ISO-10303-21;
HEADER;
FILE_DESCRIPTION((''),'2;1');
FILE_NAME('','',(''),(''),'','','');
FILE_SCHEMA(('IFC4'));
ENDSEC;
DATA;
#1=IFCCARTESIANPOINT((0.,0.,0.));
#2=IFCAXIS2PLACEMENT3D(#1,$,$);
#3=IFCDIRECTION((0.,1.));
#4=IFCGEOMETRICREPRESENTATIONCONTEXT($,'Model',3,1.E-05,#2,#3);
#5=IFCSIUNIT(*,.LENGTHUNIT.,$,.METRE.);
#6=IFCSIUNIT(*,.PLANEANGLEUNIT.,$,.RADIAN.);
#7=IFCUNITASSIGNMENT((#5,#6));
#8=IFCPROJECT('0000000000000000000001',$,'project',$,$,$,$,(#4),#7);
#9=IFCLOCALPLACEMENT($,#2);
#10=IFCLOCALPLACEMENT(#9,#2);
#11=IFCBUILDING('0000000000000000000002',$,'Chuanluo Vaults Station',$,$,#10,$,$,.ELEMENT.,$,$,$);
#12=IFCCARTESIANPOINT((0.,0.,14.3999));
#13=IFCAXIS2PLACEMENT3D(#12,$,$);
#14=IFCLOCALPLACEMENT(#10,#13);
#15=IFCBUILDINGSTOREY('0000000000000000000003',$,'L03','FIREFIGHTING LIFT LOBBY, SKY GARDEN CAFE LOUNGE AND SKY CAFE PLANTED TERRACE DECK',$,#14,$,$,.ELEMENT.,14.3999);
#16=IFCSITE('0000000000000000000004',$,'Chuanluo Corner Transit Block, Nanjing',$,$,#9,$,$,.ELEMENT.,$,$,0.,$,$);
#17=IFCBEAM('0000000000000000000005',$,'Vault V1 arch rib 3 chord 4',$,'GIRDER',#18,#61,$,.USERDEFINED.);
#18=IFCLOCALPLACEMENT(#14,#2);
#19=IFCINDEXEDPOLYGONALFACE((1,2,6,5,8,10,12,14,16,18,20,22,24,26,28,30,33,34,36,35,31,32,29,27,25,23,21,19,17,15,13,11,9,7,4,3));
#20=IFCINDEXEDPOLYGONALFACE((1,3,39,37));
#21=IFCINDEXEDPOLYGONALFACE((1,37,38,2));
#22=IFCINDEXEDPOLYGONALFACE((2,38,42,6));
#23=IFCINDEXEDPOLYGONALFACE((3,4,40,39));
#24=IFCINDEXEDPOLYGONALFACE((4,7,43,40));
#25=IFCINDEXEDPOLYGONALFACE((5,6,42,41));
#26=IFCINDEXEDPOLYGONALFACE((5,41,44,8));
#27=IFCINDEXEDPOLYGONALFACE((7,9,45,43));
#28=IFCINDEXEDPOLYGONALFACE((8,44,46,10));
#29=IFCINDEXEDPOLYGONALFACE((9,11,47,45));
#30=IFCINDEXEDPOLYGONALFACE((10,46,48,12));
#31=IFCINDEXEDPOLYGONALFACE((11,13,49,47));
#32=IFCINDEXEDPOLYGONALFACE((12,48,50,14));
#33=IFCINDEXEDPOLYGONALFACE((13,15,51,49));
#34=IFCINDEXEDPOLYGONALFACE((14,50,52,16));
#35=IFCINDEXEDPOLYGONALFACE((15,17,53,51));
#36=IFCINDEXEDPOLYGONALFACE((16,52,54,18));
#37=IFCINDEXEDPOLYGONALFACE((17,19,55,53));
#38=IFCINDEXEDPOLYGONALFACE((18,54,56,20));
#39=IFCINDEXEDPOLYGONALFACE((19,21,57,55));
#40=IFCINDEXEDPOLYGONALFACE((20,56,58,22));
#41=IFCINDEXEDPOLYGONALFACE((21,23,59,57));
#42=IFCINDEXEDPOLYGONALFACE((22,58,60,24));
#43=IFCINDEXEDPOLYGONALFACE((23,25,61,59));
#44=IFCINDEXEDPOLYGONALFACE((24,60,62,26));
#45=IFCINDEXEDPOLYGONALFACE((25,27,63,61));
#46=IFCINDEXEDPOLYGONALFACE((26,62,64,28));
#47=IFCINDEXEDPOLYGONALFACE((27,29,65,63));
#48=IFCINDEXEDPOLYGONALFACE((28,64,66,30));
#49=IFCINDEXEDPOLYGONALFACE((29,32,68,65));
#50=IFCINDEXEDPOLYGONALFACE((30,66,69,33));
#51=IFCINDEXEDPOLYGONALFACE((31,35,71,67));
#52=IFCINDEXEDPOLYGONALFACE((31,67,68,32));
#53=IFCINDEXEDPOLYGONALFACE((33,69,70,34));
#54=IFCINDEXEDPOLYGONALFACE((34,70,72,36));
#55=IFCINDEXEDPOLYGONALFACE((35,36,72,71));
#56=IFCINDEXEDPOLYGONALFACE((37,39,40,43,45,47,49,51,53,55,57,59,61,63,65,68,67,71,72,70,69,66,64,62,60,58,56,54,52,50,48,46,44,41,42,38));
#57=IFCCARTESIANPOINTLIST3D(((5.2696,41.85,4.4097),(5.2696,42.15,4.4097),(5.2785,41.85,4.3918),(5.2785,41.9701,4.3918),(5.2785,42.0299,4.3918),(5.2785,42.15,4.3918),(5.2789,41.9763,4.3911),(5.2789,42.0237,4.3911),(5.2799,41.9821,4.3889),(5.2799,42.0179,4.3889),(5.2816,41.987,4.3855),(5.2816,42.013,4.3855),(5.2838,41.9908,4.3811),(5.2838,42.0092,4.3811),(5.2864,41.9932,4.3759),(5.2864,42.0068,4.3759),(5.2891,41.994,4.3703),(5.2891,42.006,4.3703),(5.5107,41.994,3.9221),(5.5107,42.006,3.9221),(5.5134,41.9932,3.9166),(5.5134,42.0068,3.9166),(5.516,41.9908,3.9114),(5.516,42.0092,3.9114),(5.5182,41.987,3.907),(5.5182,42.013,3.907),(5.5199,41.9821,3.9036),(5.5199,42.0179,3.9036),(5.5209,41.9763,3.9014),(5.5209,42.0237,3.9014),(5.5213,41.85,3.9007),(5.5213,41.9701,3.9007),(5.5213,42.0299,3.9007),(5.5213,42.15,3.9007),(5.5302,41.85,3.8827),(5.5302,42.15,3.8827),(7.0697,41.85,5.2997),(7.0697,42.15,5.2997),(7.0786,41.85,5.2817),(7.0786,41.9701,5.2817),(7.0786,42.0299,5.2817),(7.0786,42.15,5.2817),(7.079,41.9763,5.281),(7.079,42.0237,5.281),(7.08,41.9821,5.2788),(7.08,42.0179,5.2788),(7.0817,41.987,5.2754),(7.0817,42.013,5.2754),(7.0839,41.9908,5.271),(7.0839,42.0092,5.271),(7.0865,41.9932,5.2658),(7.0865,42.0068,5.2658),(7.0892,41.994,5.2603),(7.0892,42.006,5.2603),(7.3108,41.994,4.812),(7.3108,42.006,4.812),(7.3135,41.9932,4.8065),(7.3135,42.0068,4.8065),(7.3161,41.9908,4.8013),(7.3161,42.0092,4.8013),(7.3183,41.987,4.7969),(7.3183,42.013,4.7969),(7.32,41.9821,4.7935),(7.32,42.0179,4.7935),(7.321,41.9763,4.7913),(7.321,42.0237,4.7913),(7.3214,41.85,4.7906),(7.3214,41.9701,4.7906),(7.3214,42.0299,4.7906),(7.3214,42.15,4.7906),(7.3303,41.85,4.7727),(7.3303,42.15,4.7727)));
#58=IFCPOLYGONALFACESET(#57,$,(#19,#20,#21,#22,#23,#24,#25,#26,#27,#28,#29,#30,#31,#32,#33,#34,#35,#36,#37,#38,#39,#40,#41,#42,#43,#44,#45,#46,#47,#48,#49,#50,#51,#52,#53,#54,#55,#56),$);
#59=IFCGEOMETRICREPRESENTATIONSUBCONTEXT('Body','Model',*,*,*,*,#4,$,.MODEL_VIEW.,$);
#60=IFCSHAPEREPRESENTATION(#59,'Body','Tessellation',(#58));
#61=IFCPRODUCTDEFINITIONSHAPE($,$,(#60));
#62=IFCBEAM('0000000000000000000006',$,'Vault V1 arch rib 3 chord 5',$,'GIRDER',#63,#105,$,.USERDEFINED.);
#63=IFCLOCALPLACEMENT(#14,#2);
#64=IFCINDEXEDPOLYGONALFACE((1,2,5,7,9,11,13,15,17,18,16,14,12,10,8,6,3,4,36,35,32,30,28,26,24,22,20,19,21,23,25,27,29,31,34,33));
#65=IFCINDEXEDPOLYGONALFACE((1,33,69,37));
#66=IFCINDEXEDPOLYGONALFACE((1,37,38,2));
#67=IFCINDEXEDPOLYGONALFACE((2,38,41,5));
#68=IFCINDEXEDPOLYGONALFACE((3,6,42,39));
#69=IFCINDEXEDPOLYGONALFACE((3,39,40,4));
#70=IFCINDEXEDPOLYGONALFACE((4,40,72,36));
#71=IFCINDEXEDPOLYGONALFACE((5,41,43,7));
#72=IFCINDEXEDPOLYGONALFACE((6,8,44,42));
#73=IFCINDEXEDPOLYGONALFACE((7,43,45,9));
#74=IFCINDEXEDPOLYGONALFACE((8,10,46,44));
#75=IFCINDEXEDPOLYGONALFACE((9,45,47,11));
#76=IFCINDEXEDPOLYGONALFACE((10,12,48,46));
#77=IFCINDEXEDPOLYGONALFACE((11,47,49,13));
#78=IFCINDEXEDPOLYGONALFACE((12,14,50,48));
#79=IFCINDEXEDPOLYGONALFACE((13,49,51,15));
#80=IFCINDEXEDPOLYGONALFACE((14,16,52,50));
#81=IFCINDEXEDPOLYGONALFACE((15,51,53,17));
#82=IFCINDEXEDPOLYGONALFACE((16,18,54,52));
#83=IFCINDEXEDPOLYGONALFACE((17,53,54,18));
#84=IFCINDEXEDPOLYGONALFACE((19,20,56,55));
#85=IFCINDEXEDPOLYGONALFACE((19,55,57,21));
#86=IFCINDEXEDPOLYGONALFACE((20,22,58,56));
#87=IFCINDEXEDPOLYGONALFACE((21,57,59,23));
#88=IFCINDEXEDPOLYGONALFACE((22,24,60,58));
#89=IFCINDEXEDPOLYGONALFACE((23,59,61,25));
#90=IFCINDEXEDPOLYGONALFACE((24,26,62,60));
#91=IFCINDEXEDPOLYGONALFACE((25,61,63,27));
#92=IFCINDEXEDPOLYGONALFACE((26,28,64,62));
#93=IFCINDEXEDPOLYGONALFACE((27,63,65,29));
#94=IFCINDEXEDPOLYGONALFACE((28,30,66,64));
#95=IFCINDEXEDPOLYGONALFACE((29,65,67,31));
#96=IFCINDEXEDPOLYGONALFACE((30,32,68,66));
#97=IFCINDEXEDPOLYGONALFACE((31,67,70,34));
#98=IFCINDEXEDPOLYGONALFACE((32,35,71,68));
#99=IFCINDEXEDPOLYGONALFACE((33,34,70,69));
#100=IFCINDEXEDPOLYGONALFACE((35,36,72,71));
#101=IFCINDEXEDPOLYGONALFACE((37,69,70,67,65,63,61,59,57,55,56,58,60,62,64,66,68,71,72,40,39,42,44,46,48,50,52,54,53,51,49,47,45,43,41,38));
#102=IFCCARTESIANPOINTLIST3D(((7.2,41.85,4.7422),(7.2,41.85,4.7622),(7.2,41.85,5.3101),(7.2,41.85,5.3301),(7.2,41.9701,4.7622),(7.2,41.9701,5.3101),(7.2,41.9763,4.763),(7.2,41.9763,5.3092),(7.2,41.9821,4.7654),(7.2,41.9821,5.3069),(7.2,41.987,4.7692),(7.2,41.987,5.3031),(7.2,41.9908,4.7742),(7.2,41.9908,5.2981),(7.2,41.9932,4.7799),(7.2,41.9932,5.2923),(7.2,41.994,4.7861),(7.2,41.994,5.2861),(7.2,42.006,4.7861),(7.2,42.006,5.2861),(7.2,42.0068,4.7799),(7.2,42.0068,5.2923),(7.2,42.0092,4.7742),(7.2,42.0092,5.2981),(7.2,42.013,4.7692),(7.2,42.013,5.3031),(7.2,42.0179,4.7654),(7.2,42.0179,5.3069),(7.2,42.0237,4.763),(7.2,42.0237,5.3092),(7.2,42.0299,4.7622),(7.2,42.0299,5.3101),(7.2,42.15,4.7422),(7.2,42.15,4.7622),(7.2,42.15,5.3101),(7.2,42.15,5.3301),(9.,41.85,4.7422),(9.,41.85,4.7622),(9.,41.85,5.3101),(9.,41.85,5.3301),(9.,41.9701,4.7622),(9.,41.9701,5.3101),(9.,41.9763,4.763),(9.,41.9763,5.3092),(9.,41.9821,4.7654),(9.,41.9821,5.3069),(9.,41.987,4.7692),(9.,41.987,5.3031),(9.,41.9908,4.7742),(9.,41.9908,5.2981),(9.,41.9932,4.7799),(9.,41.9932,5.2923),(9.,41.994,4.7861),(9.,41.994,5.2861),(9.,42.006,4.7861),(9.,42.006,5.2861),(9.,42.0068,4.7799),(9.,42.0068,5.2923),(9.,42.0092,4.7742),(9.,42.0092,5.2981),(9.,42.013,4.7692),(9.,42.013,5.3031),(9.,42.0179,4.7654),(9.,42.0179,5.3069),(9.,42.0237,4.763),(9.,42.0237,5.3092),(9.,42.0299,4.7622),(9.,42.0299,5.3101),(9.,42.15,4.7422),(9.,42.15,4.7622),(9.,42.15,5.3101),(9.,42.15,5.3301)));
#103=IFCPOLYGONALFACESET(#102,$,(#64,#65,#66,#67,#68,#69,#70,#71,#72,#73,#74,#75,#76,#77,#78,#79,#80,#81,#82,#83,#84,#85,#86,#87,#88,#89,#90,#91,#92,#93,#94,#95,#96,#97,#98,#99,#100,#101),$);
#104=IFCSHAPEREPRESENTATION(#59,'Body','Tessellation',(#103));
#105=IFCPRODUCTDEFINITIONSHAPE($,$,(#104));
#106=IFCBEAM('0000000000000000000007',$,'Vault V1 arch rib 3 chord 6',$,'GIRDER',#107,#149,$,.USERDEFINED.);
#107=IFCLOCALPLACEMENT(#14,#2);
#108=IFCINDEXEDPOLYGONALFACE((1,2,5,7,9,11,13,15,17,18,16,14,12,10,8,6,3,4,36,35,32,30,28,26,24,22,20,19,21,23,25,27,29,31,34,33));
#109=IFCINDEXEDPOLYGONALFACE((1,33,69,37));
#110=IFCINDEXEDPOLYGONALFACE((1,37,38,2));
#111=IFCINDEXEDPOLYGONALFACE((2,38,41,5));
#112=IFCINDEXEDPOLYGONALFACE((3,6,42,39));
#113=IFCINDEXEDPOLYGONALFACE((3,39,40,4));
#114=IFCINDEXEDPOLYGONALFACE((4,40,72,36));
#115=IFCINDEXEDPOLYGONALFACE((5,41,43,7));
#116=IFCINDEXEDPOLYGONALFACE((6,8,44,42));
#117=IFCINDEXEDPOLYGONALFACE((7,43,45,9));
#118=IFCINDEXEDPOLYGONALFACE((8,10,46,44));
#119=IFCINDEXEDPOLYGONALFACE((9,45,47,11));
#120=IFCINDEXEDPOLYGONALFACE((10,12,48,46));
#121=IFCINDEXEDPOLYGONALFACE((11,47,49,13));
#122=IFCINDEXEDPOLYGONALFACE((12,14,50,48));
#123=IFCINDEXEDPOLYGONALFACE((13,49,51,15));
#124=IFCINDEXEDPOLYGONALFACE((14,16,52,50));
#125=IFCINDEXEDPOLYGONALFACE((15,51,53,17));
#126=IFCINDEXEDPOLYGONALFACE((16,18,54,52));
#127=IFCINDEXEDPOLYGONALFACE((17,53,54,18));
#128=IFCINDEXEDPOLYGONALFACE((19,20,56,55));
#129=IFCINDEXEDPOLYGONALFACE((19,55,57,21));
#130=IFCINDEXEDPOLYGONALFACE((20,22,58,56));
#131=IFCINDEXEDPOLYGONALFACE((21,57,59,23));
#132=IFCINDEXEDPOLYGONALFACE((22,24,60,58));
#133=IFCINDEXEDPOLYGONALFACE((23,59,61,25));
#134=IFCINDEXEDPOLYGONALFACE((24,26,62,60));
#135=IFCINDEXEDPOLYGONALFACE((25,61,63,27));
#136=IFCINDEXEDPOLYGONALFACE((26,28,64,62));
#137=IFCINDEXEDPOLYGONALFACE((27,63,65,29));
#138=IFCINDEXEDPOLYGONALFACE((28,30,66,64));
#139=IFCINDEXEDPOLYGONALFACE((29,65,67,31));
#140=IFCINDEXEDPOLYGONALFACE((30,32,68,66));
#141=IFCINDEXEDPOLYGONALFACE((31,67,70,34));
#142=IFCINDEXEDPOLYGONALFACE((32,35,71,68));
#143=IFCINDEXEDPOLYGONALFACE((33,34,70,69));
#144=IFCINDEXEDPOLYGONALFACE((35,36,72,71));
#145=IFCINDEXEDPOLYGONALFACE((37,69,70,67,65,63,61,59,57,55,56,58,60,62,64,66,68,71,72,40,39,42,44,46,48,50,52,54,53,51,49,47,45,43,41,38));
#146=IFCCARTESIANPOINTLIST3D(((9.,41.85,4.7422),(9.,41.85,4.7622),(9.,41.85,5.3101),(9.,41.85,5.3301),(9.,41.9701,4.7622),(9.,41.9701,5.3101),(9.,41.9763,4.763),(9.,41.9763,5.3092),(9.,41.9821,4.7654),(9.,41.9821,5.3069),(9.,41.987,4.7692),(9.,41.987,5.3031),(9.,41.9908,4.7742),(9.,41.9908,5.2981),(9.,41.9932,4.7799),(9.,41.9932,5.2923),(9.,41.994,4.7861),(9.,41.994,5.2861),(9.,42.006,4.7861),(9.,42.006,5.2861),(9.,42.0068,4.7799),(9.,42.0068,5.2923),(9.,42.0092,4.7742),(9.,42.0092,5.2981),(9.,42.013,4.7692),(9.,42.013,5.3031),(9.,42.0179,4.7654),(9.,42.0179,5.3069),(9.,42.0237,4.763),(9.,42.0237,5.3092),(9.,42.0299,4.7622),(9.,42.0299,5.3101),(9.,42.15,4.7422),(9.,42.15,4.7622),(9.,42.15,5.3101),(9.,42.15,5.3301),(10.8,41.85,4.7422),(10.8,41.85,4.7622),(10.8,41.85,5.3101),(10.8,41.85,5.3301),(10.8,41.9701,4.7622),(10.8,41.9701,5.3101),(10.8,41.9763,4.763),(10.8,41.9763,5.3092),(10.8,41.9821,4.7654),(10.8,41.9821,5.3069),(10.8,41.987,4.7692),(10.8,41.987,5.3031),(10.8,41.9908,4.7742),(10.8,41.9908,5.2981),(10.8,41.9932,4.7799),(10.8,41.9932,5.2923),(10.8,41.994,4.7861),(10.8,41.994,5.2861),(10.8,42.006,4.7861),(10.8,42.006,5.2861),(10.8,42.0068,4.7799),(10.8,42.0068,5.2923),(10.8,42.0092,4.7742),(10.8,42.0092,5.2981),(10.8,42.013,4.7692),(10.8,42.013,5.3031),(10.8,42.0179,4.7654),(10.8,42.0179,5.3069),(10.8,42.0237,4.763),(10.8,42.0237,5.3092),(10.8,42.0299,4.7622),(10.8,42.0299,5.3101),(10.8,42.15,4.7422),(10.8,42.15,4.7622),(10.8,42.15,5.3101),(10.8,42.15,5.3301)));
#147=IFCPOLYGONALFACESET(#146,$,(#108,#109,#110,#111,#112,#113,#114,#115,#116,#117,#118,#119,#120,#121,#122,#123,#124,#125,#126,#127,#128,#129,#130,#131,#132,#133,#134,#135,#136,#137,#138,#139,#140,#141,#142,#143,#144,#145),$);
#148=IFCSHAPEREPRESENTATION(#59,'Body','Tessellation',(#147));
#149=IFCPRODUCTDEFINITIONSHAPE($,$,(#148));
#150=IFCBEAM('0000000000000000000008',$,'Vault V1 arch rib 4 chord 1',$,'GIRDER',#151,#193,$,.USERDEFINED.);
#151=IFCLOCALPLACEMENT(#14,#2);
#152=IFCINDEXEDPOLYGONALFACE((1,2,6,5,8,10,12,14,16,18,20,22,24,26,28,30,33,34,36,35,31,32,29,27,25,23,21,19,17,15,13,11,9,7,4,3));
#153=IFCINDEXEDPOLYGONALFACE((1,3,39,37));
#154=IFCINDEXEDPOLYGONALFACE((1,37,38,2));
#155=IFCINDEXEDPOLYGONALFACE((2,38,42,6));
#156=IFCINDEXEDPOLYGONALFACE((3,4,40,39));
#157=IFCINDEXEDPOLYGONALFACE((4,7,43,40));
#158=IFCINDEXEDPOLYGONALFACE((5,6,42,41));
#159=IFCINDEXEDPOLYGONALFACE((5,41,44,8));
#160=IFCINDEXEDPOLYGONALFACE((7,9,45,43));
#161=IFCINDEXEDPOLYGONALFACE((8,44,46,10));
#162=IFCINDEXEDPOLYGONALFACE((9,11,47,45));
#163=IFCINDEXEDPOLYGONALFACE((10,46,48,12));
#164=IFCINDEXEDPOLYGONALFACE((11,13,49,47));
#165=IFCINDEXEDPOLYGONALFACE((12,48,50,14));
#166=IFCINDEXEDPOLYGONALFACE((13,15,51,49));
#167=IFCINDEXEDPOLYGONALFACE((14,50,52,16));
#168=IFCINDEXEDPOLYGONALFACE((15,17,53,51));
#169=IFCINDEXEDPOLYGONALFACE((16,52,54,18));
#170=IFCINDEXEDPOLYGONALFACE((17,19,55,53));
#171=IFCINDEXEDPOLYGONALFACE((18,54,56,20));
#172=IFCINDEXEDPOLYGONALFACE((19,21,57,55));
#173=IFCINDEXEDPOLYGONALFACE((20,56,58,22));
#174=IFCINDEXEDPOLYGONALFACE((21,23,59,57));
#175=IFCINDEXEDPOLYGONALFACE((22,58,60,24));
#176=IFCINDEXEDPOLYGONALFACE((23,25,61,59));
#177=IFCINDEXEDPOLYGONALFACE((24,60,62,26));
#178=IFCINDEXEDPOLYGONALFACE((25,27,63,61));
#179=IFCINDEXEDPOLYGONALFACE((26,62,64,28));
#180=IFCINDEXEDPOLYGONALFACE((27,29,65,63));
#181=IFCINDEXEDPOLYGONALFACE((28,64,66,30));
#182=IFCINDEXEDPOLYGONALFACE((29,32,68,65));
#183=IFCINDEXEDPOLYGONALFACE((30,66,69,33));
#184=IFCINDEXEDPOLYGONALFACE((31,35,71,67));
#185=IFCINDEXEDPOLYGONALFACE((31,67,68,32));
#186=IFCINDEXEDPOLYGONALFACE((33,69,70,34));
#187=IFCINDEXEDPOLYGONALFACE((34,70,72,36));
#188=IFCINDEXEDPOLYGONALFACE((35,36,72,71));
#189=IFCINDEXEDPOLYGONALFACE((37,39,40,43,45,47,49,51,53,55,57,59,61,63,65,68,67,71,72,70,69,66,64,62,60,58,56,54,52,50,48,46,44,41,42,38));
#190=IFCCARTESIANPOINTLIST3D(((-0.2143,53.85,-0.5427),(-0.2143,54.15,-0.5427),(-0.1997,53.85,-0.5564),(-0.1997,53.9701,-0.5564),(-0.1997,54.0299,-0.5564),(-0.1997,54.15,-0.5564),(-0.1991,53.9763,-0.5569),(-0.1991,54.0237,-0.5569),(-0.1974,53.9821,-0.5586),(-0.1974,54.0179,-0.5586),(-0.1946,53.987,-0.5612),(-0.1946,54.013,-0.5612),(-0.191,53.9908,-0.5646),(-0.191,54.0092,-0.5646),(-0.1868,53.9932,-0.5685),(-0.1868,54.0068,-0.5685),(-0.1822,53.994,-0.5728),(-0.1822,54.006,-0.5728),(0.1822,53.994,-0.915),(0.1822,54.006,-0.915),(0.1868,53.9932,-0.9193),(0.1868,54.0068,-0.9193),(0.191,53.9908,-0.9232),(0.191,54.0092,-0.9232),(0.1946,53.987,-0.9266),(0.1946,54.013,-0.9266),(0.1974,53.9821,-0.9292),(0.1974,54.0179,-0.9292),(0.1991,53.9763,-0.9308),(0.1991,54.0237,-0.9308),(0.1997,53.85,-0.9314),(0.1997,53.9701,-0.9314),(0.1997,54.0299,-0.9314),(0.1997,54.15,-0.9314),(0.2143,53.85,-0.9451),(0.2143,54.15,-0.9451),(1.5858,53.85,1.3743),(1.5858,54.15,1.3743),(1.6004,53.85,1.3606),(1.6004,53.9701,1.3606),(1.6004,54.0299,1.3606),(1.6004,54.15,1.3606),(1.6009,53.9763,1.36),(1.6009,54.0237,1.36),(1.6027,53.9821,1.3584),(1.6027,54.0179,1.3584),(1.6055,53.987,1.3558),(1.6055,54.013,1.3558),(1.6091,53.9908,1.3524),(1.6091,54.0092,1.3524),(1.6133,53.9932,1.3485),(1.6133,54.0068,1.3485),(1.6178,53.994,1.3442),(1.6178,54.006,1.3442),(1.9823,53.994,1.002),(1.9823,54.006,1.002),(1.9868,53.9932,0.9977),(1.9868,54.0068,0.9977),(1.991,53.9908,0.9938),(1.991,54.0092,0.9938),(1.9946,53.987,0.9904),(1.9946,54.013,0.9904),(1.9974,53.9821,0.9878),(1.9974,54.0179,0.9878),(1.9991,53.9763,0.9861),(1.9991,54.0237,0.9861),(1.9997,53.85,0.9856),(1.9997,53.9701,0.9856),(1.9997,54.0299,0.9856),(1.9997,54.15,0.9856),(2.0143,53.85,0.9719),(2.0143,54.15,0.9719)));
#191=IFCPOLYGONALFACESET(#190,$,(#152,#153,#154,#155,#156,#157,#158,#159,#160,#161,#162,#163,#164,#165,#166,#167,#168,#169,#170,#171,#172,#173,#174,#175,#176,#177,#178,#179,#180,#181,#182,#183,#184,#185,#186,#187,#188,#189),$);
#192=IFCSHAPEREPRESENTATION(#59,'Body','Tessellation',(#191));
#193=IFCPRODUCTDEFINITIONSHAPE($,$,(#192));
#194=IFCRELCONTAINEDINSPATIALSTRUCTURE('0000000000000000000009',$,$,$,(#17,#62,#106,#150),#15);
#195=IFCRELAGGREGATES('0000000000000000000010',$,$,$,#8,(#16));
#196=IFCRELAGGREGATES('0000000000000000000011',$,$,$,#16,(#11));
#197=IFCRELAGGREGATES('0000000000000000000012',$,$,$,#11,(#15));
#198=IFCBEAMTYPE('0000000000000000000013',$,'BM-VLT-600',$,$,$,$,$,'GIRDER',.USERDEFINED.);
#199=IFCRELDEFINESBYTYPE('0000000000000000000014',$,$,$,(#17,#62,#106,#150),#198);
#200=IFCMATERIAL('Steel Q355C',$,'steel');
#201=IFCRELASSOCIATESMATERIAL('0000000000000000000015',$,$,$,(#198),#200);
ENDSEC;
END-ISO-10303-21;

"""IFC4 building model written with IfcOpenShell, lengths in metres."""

from ifc_helpers import new_model, si_unit, direction, frame, origin, origin_2d, place, context, subcontext, project, spatial, i_section, extrude, material, material_profile, profile_set, type_object, element, save


model = new_model("IFC4")

# Units and contexts
model_context = context("Model", 3, precision=1e-05, world=origin(), true_north=direction((0.0, 1.0)))
body_context = subcontext(model_context, "Body", "Model", "MODEL_VIEW")
ifc_project = project(units=[si_unit("LENGTHUNIT", "METRE"), si_unit("PLANEANGLEUNIT", "RADIAN")], contexts=[model_context])

# Site, building, storey
site_placement = place(None, origin())
site = spatial("IfcSite", under=ifc_project, at=site_placement, Name="Chuanluo Corner Transit Block, Nanjing", CompositionType="ELEMENT", RefElevation=0.0)
building_placement = place(site_placement, origin())
building = spatial("IfcBuilding", under=site, at=building_placement, Name="Chuanluo Vaults Station", CompositionType="ELEMENT")
storey_placement = place(building_placement, frame((0.0, 0.0, 14.3999)))
storey = spatial("IfcBuildingStorey", under=building, at=storey_placement, Name="L03", Description="FIREFIGHTING LIFT LOBBY, SKY GARDEN CAFE LOUNGE AND SKY CAFE PLANTED TERRACE DECK", CompositionType="ELEMENT", Elevation=14.3999)

# Beams
ifc_material_1 = material(Name="Steel Q355C", Category="steel")
ifc_material_profile_1 = material_profile(ifc_material_1, i_section(OverallWidth=0.3, OverallDepth=0.5879, WebThickness=0.012, FlangeThickness=0.02, FilletRadius=0.0239, at=origin_2d()))
ifc_profile_set_1 = profile_set([ifc_material_profile_1], Name="Steel Q355C")
beam_type_1 = type_object("IfcBeamType", Name="BM-VLT-600", ElementType="GIRDER", PredefinedType="USERDEFINED", material=ifc_profile_set_1)
beam_1_placement = place(storey_placement, frame((5.3999, 42.0, 4.1462), z_axis=(0.896436, 0.0, 0.443172), x_axis=(0.0, 1.0, 0.0)))
element("IfcBeam", 1, at=beam_1_placement, inside=storey, type_object=beam_type_1, Name="Vault V1 arch rib 3 chord 4", ObjectType="GIRDER", PredefinedType="USERDEFINED", context=body_context, shape_type="SweptSolid", body=[
    extrude(i_section(OverallWidth=0.3, OverallDepth=0.5879, WebThickness=0.012, FlangeThickness=0.02, FilletRadius=0.0239, at=origin_2d()), origin(), (0.0, 0.0, 1.0), 2.0081),
])
for number, where, z_axis, x_axis, name in (
    (2, (7.2, 42.0, 5.0361), (1.0, 0.0, 0.0), (0.0, 1.0, 0.0), "Vault V1 arch rib 3 chord 5"),
    (3, (9.0, 42.0, 5.0361), (1.0, 0.0, 0.0), (0.0, 1.0, 0.0), "Vault V1 arch rib 3 chord 6"),
):
    element("IfcBeam", number, at=place(storey_placement, frame(where, z_axis=z_axis, x_axis=x_axis)), inside=storey, type_object=beam_type_1, Name=name, ObjectType="GIRDER", PredefinedType="USERDEFINED", context=body_context, shape_type="SweptSolid", body=[
        extrude(i_section(OverallWidth=0.3, OverallDepth=0.5879, WebThickness=0.012, FlangeThickness=0.02, FilletRadius=0.0239, at=origin_2d()), origin(), (0.0, 0.0, 1.0), 1.8),
    ])
beam_2_placement = place(storey_placement, frame((0.0, 54.0, -0.7439), z_axis=(0.684522, 0.0, 0.728993), x_axis=(0.0, 1.0, 0.0)))
element("IfcBeam", 4, at=beam_2_placement, inside=storey, type_object=beam_type_1, Name="Vault V1 arch rib 4 chord 1", ObjectType="GIRDER", PredefinedType="USERDEFINED", context=body_context, shape_type="SweptSolid", body=[
    extrude(i_section(OverallWidth=0.3, OverallDepth=0.5879, WebThickness=0.012, FlangeThickness=0.02, FilletRadius=0.0239, at=origin_2d()), origin(), (0.0, 0.0, 1.0), 2.6296),
])

save(model, "model.ifc")
